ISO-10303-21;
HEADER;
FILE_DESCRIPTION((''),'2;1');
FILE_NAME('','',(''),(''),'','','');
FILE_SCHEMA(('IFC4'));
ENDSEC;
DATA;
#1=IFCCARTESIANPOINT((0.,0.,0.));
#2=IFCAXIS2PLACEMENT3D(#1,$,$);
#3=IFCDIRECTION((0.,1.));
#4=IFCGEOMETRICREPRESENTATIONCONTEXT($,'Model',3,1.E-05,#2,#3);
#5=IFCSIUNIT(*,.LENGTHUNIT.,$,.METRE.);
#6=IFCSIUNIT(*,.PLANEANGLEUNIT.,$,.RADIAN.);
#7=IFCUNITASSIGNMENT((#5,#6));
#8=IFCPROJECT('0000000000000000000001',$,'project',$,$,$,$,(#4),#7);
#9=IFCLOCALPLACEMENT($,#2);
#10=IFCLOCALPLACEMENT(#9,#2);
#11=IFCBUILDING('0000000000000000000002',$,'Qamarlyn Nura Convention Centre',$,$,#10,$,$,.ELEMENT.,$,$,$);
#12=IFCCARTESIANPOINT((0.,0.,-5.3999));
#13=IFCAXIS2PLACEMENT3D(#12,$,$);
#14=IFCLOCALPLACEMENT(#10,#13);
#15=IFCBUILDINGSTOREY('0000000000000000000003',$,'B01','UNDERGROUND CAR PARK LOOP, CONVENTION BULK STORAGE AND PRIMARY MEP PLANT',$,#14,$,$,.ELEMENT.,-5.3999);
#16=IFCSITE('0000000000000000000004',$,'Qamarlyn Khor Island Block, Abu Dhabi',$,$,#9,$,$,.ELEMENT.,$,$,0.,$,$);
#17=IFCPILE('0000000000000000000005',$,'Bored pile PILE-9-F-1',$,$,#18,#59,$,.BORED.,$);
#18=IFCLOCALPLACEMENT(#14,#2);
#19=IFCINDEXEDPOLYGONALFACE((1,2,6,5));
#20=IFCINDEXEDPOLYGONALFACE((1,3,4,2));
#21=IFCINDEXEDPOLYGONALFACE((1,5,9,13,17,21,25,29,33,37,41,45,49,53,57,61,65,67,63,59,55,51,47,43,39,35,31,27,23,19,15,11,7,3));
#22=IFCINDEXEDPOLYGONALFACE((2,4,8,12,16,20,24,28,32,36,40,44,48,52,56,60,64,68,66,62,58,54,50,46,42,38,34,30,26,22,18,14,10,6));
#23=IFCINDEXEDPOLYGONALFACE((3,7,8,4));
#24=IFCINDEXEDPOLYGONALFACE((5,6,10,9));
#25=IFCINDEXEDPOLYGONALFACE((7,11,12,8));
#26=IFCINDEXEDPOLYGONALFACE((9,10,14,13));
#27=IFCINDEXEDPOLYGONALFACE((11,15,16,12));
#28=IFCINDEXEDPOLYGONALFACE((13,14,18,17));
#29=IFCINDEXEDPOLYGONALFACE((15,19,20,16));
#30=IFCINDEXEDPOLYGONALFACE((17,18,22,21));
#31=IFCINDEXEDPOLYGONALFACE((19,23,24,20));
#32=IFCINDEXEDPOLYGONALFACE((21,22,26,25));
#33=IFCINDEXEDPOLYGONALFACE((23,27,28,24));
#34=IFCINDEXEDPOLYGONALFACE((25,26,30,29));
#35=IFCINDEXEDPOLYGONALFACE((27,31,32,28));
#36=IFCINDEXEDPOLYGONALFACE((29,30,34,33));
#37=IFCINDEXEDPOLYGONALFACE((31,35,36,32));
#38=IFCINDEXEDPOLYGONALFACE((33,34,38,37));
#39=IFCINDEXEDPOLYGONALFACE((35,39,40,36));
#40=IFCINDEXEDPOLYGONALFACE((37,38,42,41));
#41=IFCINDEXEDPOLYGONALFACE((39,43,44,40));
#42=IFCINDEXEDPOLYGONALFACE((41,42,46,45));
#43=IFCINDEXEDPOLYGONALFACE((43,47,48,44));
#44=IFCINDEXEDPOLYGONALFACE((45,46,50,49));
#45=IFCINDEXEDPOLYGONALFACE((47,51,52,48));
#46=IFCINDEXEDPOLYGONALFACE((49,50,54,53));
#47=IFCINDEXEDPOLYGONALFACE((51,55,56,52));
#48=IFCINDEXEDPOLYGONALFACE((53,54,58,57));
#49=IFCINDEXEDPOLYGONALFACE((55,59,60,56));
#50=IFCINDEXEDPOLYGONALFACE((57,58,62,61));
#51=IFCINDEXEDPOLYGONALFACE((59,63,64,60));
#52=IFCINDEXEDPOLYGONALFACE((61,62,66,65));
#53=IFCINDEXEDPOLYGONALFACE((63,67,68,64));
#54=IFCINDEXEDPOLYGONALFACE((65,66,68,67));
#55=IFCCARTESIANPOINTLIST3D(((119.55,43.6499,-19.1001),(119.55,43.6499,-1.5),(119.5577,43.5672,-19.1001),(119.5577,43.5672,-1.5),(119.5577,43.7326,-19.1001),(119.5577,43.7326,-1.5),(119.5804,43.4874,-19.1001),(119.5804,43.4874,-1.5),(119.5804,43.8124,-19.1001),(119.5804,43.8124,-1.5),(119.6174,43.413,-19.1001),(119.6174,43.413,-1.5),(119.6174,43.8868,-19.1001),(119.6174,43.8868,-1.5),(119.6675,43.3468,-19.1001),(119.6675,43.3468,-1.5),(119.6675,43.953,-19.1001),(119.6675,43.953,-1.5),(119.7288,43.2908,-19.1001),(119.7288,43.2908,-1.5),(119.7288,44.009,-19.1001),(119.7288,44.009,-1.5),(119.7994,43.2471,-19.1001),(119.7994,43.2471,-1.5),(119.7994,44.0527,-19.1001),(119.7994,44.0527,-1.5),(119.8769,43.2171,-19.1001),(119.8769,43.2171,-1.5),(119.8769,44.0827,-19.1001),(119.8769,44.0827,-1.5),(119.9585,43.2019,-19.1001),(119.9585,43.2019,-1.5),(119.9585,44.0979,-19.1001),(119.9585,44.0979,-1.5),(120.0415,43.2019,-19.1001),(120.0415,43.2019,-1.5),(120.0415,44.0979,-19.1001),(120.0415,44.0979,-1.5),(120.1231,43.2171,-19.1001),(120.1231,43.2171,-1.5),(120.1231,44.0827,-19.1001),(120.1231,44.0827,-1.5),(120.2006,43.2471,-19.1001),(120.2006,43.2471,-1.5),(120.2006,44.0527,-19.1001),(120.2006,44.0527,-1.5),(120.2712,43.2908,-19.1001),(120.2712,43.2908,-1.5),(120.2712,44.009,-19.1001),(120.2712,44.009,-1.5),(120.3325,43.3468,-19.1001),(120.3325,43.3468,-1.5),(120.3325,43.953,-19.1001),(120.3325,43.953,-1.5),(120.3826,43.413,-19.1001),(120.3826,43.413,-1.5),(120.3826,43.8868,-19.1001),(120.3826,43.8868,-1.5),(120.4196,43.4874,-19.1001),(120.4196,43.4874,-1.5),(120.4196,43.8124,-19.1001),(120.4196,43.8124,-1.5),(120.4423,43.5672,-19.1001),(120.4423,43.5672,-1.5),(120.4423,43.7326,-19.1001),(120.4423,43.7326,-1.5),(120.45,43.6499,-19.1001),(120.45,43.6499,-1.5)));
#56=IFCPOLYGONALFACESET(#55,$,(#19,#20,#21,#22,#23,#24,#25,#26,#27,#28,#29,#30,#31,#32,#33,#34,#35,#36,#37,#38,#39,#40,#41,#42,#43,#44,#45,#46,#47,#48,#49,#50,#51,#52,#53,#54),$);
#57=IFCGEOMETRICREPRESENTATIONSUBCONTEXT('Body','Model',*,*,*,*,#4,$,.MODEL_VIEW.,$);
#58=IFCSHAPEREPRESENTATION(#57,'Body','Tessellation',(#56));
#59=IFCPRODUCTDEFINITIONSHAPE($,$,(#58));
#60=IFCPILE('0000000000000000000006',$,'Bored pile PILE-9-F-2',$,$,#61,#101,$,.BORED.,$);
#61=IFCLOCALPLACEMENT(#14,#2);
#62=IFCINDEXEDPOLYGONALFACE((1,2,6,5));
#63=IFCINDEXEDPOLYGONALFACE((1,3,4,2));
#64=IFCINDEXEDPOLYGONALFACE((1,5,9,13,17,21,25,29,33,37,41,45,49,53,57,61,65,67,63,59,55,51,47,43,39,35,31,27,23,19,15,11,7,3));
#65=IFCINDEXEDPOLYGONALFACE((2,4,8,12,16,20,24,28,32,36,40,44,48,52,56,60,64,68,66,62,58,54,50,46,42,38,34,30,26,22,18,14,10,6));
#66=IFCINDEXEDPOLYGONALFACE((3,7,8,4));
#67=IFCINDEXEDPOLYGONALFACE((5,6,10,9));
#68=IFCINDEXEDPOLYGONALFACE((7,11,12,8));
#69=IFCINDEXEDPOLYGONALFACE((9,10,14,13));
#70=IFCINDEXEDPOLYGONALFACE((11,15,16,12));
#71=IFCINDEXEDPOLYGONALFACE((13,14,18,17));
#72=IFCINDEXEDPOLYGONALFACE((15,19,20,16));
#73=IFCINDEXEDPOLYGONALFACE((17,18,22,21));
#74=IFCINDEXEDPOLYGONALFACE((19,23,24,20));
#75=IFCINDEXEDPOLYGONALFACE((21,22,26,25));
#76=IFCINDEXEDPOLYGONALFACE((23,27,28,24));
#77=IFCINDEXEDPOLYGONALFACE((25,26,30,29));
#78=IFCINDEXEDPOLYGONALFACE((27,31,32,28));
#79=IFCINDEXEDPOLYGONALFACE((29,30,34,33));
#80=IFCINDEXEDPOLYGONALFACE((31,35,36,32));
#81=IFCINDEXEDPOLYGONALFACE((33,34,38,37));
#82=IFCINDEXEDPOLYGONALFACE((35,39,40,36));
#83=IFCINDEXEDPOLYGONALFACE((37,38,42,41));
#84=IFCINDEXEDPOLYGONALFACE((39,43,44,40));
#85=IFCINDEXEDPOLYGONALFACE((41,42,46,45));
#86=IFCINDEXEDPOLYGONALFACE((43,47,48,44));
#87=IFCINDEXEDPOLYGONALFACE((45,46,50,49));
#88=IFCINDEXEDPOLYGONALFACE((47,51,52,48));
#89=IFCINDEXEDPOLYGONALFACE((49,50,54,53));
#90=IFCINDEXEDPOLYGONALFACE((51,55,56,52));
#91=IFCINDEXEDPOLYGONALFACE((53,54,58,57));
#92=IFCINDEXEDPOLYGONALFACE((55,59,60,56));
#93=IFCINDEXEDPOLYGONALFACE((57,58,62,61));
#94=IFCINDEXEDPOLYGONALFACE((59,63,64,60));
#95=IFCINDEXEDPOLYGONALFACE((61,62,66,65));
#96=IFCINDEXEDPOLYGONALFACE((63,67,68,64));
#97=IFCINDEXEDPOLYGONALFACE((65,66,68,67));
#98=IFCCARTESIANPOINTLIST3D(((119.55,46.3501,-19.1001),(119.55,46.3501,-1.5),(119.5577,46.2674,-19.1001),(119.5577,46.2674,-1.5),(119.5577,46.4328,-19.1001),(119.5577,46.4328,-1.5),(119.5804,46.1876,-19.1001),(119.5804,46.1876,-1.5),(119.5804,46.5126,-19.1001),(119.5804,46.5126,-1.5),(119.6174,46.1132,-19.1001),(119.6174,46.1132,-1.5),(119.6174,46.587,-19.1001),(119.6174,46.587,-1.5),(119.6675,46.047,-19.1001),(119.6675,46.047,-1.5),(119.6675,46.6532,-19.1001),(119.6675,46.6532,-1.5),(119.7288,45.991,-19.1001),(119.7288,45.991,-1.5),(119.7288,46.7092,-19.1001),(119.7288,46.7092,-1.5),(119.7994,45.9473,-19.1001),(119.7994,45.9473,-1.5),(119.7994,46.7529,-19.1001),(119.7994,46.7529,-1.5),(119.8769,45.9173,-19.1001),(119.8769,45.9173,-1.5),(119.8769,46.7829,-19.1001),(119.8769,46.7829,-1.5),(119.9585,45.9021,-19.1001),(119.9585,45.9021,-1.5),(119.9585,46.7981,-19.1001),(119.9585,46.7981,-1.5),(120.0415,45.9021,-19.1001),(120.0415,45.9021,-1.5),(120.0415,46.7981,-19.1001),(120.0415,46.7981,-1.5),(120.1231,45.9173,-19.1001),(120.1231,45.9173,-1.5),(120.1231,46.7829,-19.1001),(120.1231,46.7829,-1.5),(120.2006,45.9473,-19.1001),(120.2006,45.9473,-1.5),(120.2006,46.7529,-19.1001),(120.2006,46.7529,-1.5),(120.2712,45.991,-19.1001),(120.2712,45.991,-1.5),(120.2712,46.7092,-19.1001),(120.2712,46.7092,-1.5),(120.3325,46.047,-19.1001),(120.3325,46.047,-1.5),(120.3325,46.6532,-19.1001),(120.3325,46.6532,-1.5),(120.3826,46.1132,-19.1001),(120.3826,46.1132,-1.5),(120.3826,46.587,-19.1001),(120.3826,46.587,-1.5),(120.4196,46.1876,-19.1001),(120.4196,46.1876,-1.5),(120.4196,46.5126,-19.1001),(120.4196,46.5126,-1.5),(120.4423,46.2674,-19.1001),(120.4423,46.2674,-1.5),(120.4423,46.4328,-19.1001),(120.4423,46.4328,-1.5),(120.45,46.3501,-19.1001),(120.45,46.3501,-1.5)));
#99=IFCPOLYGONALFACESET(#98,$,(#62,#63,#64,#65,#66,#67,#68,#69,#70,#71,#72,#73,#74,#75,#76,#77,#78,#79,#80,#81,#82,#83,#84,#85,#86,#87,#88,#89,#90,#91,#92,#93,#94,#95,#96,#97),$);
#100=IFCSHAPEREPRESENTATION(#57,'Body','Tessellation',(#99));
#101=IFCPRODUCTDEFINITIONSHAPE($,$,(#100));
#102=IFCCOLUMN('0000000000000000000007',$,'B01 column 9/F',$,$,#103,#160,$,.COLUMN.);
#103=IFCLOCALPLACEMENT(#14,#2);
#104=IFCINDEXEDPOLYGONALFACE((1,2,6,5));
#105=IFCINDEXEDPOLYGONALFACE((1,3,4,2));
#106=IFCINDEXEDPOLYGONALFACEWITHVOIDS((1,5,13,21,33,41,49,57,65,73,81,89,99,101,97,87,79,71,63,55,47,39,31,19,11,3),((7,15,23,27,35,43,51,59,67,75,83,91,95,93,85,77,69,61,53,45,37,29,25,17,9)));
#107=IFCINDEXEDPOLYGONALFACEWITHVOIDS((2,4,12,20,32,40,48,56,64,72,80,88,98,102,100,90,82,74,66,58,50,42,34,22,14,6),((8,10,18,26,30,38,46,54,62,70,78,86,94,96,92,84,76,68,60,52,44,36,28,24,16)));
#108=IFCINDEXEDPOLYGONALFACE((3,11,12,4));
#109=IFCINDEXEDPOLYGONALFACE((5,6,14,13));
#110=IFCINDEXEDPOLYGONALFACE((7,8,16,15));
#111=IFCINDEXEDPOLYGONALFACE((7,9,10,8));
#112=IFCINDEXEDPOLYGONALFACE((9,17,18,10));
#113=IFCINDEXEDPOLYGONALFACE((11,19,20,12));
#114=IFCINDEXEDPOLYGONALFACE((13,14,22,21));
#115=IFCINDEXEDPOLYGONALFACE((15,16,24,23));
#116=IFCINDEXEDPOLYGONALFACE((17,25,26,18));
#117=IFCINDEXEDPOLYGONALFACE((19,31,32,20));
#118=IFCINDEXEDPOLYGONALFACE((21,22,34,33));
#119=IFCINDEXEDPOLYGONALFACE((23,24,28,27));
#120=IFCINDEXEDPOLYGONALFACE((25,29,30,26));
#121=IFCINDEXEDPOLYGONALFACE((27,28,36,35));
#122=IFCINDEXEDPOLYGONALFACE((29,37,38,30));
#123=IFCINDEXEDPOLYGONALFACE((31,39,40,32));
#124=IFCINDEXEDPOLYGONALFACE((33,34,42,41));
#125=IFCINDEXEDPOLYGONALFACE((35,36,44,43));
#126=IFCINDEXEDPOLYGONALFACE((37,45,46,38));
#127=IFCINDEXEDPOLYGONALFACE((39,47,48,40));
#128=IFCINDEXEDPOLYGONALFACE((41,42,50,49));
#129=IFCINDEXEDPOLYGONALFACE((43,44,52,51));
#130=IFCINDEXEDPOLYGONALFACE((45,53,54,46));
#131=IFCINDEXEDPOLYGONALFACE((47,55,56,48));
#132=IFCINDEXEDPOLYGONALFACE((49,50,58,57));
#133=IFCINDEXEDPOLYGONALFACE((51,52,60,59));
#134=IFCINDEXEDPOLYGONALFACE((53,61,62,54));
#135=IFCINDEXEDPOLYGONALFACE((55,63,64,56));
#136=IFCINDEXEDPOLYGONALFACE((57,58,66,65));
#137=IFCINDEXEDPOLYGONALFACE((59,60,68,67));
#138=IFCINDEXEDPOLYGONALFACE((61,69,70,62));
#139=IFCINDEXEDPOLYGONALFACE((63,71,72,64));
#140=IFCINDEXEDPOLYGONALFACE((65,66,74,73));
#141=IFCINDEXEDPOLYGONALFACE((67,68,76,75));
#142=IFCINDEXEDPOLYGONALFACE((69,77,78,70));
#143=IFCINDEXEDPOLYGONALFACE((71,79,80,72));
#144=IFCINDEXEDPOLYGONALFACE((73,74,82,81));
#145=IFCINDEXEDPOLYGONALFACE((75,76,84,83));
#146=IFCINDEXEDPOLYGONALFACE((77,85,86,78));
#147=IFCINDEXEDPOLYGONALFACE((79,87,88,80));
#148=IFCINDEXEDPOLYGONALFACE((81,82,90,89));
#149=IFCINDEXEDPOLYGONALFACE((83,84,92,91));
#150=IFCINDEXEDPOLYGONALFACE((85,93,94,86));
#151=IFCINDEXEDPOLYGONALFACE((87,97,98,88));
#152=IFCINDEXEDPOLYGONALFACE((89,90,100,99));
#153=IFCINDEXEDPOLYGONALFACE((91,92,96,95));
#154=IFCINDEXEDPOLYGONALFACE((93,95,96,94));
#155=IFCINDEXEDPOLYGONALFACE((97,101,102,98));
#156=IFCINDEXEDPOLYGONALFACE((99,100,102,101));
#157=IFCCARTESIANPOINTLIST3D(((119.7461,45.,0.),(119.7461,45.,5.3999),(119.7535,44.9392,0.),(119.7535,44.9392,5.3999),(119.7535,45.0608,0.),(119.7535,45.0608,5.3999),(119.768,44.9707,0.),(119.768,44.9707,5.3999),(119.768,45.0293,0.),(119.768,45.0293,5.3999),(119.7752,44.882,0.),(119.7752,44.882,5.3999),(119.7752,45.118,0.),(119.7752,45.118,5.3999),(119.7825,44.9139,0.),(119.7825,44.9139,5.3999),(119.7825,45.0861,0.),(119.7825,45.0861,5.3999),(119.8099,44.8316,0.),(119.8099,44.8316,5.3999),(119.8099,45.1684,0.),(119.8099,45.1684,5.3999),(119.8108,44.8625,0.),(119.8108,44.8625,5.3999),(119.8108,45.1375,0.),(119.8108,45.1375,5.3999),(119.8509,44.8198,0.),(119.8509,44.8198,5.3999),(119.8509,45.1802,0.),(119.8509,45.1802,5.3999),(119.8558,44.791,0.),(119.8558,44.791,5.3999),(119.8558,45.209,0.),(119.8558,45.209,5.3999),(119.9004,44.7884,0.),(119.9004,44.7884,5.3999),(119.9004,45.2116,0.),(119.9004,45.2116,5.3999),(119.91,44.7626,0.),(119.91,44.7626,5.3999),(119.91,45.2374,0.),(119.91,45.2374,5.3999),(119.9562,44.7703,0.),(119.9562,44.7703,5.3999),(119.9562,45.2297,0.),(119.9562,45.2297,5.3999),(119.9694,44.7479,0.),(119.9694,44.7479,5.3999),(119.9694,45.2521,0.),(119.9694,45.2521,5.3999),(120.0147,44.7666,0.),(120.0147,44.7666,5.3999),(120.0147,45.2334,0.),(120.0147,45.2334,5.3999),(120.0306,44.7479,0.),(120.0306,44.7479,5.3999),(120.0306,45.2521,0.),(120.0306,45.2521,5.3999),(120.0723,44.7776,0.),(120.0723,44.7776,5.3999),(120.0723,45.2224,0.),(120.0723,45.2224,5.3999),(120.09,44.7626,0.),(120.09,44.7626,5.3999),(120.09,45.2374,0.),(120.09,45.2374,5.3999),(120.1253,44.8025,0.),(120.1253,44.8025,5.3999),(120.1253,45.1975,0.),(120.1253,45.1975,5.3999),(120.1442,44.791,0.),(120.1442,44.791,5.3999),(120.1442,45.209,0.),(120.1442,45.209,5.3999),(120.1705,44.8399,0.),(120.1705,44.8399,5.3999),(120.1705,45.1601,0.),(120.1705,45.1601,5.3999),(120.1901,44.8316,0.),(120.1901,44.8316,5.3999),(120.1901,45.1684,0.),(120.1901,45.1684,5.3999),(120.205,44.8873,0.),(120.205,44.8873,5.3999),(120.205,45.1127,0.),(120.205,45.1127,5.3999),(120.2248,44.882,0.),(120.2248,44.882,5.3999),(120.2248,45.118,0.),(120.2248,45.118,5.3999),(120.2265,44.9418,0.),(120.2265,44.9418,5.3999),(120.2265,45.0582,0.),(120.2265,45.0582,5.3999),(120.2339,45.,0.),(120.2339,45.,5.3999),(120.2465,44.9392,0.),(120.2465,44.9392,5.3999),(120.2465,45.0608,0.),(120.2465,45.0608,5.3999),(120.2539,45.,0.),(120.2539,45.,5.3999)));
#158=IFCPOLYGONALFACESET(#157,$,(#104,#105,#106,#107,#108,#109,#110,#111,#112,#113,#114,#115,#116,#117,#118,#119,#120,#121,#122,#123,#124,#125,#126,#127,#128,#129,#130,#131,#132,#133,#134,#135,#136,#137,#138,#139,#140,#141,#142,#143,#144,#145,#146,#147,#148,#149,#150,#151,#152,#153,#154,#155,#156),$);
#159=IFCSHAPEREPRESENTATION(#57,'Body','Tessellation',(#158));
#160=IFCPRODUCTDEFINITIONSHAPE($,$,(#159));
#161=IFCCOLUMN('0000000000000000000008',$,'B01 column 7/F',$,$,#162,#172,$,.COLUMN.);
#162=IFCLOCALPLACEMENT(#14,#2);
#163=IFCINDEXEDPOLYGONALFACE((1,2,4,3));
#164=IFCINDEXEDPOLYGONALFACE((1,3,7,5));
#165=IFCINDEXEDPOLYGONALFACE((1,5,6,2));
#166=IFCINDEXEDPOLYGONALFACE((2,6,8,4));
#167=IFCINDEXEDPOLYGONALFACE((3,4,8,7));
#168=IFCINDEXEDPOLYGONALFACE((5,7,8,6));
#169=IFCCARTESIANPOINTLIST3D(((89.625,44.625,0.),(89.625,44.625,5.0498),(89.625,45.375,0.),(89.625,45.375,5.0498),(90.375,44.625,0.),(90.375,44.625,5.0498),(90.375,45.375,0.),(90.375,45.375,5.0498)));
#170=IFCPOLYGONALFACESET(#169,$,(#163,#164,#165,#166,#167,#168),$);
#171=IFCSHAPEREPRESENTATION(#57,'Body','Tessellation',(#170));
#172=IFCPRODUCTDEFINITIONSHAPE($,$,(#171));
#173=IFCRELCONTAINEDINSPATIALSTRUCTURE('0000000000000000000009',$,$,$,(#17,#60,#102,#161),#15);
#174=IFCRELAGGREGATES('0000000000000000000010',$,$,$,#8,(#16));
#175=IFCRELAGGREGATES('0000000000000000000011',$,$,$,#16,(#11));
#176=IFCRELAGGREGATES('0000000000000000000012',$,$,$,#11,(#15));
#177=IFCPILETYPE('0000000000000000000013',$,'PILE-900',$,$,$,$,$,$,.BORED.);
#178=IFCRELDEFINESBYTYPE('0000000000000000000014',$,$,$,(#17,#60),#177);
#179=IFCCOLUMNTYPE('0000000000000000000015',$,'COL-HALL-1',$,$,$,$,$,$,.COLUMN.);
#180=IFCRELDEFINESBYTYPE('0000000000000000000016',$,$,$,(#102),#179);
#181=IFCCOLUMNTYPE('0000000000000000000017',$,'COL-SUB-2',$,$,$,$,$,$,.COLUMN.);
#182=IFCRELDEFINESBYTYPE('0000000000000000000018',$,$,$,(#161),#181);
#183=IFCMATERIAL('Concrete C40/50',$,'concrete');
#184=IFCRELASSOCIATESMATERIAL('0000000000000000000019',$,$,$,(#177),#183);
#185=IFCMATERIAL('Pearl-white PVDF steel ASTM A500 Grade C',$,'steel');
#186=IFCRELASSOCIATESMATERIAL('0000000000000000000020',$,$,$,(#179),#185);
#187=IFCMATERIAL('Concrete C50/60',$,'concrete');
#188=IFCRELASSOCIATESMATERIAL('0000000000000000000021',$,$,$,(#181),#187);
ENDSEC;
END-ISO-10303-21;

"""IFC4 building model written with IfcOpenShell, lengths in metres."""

from ifc_helpers import new_model, si_unit, direction, frame, origin, origin_2d, place, context, subcontext, project, spatial, rectangle, circle, hollow_circle, extrude, material, material_profile, profile_set, type_object, element, save


model = new_model("IFC4")

# Units and contexts
model_context = context("Model", 3, precision=1e-05, world=origin(), true_north=direction((0.0, 1.0)))
body_context = subcontext(model_context, "Body", "Model", "MODEL_VIEW")
ifc_project = project(units=[si_unit("LENGTHUNIT", "METRE"), si_unit("PLANEANGLEUNIT", "RADIAN")], contexts=[model_context])

# Site, building, storey
site_placement = place(None, origin())
site = spatial("IfcSite", under=ifc_project, at=site_placement, Name="Qamarlyn Khor Island Block, Abu Dhabi", CompositionType="ELEMENT", RefElevation=0.0)
building_placement = place(site_placement, origin())
building = spatial("IfcBuilding", under=site, at=building_placement, Name="Qamarlyn Nura Convention Centre", CompositionType="ELEMENT")
storey_placement = place(building_placement, frame((0.0, 0.0, -5.3999)))
storey = spatial("IfcBuildingStorey", under=building, at=storey_placement, Name="B01", Description="UNDERGROUND CAR PARK LOOP, CONVENTION BULK STORAGE AND PRIMARY MEP PLANT", CompositionType="ELEMENT", Elevation=-5.3999)

# Shared definitions
ifc_material_1 = material(Name="Concrete C40/50", Category="concrete")

# Piles
ifc_material_profile_1 = material_profile(ifc_material_1, circle(Radius=0.45, at=origin_2d()), Name="BORED PILE 900")
ifc_profile_set_1 = profile_set([ifc_material_profile_1], Name="Concrete C40/50")
pile_type = type_object("IfcPileType", Name="PILE-900", PredefinedType="BORED", material=ifc_profile_set_1)
for number, where, z_axis, x_axis, name in (
    (1, (120.0, 43.6499, -1.5), (0.0, 0.0, -1.0), (1.0, 0.0, 0.0), "Bored pile PILE-9-F-1"),
    (2, (120.0, 46.3501, -1.5), (0.0, 0.0, -1.0), (1.0, 0.0, 0.0), "Bored pile PILE-9-F-2"),
):
    element("IfcPile", number, at=place(storey_placement, frame(where, z_axis=z_axis, x_axis=x_axis)), inside=storey, type_object=pile_type, Name=name, PredefinedType="BORED", context=body_context, shape_type="SweptSolid", body=[
        extrude(circle(Radius=0.45, at=origin_2d()), origin(), (0.0, 0.0, 1.0), 17.6001),
    ])

# Columns
ifc_material_2 = material(Name="Pearl-white PVDF steel ASTM A500 Grade C", Category="steel")
ifc_material_profile_2 = material_profile(ifc_material_2, hollow_circle(Radius=0.2539, WallThickness=0.02, at=origin_2d()), Name="CHS508X20")
ifc_profile_set_2 = profile_set([ifc_material_profile_2], Name="Pearl-white PVDF steel ASTM A500 Grade C")
column_type_1 = type_object("IfcColumnType", Name="COL-HALL-1", PredefinedType="COLUMN", material=ifc_profile_set_2)
column_1_placement = place(storey_placement, frame((120.0, 45.0, 0.0), z_axis=(0.0, 0.0, 1.0), x_axis=(1.0, 0.0, 0.0)))
element("IfcColumn", 3, at=column_1_placement, inside=storey, type_object=column_type_1, Name="B01 column 9/F", PredefinedType="COLUMN", context=body_context, shape_type="SweptSolid", body=[
    extrude(hollow_circle(Radius=0.2539, WallThickness=0.02, at=origin_2d()), origin(), (0.0, 0.0, 1.0), 5.3999),
])
ifc_material_3 = material(Name="Concrete C50/60", Category="concrete")
ifc_material_profile_3 = material_profile(ifc_material_3, rectangle(XDim=0.75, YDim=0.75, at=origin_2d()), Name="RC 750x750")
ifc_profile_set_3 = profile_set([ifc_material_profile_3], Name="Concrete C50/60")
column_type_2 = type_object("IfcColumnType", Name="COL-SUB-2", PredefinedType="COLUMN", material=ifc_profile_set_3)
column_2_placement = place(storey_placement, frame((90.0, 45.0, 0.0), z_axis=(0.0, 0.0, 1.0), x_axis=(1.0, 0.0, 0.0)))
element("IfcColumn", 4, at=column_2_placement, inside=storey, type_object=column_type_2, Name="B01 column 7/F", PredefinedType="COLUMN", context=body_context, shape_type="SweptSolid", body=[
    extrude(rectangle(XDim=0.75, YDim=0.75, at=origin_2d()), origin(), (0.0, 0.0, 1.0), 5.0498),
])

save(model, "model.ifc")
